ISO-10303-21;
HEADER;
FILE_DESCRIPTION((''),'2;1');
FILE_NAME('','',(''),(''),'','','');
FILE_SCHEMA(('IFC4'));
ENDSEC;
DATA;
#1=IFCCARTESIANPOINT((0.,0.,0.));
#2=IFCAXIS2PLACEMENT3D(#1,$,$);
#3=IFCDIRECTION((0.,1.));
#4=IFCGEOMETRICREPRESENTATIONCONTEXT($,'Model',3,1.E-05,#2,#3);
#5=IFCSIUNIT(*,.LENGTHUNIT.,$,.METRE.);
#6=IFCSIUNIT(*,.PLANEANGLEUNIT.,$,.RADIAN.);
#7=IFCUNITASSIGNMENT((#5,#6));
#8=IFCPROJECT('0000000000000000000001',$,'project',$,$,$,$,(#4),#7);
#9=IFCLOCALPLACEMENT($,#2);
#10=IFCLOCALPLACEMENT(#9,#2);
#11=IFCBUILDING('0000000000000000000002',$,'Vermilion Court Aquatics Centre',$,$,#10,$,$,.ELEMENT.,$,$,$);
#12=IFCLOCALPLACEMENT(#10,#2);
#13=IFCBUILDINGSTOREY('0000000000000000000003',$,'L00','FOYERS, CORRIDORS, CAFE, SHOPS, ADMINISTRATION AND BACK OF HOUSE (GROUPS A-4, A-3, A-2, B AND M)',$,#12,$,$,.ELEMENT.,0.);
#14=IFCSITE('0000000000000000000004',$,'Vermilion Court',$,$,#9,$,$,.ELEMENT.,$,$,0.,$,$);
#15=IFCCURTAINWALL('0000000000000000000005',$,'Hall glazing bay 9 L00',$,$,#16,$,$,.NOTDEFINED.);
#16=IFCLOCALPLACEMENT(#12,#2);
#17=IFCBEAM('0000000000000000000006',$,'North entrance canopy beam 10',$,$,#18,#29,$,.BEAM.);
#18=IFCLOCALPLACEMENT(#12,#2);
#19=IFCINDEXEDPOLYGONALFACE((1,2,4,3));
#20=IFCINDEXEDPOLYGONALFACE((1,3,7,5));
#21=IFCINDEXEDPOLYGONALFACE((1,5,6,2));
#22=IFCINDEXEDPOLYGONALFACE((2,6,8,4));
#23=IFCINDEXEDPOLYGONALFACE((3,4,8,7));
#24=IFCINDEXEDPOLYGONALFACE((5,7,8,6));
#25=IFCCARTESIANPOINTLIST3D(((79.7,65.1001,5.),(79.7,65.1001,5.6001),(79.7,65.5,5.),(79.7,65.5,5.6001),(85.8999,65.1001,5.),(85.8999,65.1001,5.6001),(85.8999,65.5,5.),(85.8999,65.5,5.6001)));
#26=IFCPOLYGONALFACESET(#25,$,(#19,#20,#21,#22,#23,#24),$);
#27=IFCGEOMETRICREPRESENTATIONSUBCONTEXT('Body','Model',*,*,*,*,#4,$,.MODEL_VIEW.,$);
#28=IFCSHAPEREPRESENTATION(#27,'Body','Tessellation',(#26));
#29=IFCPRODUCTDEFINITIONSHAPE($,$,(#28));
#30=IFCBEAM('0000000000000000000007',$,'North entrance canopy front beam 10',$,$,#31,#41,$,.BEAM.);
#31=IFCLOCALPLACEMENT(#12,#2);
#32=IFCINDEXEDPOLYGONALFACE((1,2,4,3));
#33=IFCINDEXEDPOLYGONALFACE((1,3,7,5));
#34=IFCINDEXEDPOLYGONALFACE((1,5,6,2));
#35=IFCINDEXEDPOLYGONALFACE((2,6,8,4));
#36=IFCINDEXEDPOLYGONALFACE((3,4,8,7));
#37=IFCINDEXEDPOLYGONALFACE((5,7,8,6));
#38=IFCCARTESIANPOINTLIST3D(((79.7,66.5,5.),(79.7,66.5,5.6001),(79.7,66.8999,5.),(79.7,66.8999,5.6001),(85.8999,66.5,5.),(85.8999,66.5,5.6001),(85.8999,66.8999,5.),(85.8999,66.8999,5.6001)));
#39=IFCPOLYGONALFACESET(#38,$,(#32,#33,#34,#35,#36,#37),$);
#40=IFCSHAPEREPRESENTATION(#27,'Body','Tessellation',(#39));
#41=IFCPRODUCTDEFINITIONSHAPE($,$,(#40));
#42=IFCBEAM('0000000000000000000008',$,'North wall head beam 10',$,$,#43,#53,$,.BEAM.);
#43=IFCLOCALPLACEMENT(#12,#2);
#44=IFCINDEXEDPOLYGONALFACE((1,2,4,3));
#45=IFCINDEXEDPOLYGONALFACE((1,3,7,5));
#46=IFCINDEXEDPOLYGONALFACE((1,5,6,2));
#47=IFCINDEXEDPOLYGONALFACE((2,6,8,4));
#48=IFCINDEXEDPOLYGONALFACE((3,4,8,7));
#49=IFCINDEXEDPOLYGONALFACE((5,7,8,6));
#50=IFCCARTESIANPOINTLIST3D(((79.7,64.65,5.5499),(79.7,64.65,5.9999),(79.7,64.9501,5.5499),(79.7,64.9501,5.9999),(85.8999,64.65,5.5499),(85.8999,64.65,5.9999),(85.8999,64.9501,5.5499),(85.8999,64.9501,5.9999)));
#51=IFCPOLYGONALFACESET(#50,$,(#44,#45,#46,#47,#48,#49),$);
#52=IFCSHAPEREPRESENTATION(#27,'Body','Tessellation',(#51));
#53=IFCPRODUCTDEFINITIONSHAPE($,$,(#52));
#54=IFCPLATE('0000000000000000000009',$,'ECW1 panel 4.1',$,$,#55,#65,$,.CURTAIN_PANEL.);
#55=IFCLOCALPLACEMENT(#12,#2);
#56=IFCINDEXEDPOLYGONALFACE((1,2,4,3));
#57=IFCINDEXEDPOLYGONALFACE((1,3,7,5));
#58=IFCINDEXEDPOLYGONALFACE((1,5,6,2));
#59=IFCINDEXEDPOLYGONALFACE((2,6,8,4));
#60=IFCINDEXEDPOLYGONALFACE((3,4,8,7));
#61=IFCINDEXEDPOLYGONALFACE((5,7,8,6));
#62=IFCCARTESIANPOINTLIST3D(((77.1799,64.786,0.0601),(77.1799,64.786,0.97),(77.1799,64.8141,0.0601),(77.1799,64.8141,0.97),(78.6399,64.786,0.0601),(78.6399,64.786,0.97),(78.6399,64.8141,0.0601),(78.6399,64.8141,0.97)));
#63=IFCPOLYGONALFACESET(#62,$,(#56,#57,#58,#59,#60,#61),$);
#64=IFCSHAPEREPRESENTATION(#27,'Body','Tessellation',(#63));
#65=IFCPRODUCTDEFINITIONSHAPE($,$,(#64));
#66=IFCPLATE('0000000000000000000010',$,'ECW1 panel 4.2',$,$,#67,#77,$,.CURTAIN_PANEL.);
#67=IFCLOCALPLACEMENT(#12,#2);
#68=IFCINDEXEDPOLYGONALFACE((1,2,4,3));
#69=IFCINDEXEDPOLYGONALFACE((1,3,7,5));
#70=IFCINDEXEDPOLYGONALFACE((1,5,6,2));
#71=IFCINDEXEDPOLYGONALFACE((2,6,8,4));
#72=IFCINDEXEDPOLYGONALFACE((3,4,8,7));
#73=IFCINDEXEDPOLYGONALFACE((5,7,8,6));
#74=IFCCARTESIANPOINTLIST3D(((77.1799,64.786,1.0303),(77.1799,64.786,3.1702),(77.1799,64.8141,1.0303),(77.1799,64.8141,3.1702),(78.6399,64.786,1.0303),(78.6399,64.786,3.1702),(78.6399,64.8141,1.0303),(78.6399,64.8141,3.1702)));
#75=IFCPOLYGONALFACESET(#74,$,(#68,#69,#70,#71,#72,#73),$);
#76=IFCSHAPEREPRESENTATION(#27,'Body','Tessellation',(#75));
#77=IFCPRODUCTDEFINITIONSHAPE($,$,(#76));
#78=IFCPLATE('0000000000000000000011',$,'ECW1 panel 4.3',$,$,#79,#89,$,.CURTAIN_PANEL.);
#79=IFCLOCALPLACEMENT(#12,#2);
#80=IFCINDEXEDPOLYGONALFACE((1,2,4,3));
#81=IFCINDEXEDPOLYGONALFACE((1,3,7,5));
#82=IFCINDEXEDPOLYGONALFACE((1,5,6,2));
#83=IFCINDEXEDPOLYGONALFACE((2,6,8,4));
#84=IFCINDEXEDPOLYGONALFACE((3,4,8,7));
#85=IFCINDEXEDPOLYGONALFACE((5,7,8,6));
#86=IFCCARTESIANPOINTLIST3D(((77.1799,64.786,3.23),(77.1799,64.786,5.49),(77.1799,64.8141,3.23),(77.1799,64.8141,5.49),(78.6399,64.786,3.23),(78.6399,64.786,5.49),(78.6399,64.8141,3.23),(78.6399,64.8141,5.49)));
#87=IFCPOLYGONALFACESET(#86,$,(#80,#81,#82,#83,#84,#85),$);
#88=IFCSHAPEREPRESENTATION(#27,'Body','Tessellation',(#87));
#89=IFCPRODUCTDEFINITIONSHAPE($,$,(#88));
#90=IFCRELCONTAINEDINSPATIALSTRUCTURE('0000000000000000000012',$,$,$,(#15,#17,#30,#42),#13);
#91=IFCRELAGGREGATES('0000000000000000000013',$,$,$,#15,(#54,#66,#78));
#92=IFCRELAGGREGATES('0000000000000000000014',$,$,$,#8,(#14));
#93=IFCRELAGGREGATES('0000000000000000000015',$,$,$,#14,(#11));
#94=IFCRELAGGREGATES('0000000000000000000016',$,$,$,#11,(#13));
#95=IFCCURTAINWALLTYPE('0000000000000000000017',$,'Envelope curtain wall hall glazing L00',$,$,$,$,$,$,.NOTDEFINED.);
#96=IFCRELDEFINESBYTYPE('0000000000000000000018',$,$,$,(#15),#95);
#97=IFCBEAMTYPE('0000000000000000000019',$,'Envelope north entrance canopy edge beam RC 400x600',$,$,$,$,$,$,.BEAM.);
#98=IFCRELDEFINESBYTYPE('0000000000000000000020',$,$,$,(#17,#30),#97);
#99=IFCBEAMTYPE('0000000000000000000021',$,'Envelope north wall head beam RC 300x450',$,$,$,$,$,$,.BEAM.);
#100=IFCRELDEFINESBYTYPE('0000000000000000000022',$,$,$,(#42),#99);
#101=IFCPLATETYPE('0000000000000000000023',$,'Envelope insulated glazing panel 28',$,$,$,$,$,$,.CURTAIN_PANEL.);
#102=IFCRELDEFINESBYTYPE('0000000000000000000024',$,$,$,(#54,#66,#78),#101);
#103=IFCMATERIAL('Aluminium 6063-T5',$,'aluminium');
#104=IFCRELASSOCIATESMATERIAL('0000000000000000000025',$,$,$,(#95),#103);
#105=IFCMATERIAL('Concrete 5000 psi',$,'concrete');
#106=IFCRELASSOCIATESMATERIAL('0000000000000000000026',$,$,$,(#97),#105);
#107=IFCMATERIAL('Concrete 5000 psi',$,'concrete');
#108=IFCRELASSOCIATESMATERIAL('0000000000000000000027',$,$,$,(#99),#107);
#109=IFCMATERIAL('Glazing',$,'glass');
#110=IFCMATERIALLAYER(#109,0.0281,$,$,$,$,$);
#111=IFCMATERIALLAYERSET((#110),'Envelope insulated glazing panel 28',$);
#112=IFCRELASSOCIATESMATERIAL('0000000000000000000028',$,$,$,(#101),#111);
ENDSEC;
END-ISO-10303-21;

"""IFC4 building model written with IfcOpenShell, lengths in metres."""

from ifc_helpers import new_model, si_unit, direction, frame, origin, origin_2d, place, context, subcontext, project, spatial, rectangle, extrude, material, layer, layer_set, material_profile, profile_set, type_object, element, aggregate, save


model = new_model("IFC4")

# Units and contexts
model_context = context("Model", 3, precision=1e-05, world=origin(), true_north=direction((0.0, 1.0)))
body_context = subcontext(model_context, "Body", "Model", "MODEL_VIEW")
ifc_project = project(units=[si_unit("LENGTHUNIT", "METRE"), si_unit("PLANEANGLEUNIT", "RADIAN")], contexts=[model_context])

# Site, building, storey
site_placement = place(None, origin())
site = spatial("IfcSite", under=ifc_project, at=site_placement, Name="Vermilion Court", CompositionType="ELEMENT", RefElevation=0.0)
building_placement = place(site_placement, origin())
building = spatial("IfcBuilding", under=site, at=building_placement, Name="Vermilion Court Aquatics Centre", CompositionType="ELEMENT")
storey_placement = place(building_placement, origin())
storey = spatial("IfcBuildingStorey", under=building, at=storey_placement, Name="L00", Description="FOYERS, CORRIDORS, CAFE, SHOPS, ADMINISTRATION AND BACK OF HOUSE (GROUPS A-4, A-3, A-2, B AND M)", CompositionType="ELEMENT", Elevation=0.0)

# Curtain wall
ifc_material_1 = material(Name="Aluminium 6063-T5", Category="aluminium")
curtain_wall_type = type_object("IfcCurtainWallType", Name="Envelope curtain wall hall glazing L00", PredefinedType="NOTDEFINED", material=ifc_material_1)
curtain_wall_1_placement = place(storey_placement, origin())
curtain_wall_1 = element("IfcCurtainWall", 1, at=curtain_wall_1_placement, inside=storey, type_object=curtain_wall_type, Name="Hall glazing bay 9 L00", PredefinedType="NOTDEFINED")

# Beams
ifc_material_2 = material(Name="Concrete 5000 psi", Category="concrete")
ifc_material_profile_1 = material_profile(ifc_material_2, rectangle(XDim=0.3999, YDim=0.6001, at=origin_2d()), Name="RC 400x600")
ifc_profile_set_1 = profile_set([ifc_material_profile_1], Name="Concrete 5000 psi")
beam_type_1 = type_object("IfcBeamType", Name="Envelope north entrance canopy edge beam RC 400x600", PredefinedType="BEAM", material=ifc_profile_set_1)
for number, where, z_axis, x_axis, name in (
    (2, (79.7, 65.3, 5.3), (1.0, 0.0, 0.0), (0.0, 1.0, 0.0), "North entrance canopy beam 10"),
    (3, (79.7, 66.7, 5.3), (1.0, 0.0, 0.0), (0.0, 1.0, 0.0), "North entrance canopy front beam 10"),
):
    element("IfcBeam", number, at=place(storey_placement, frame(where, z_axis=z_axis, x_axis=x_axis)), inside=storey, type_object=beam_type_1, Name=name, PredefinedType="BEAM", context=body_context, shape_type="SweptSolid", body=[
        extrude(rectangle(XDim=0.3999, YDim=0.6001, at=origin_2d()), origin(), (0.0, 0.0, 1.0), 6.2),
    ])
ifc_material_3 = material(Name="Concrete 5000 psi", Category="concrete")
ifc_material_profile_2 = material_profile(ifc_material_3, rectangle(XDim=0.3, YDim=0.45, at=origin_2d()), Name="RC 300x450")
ifc_profile_set_2 = profile_set([ifc_material_profile_2], Name="Concrete 5000 psi")
beam_type_2 = type_object("IfcBeamType", Name="Envelope north wall head beam RC 300x450", PredefinedType="BEAM", material=ifc_profile_set_2)
beam_1_placement = place(storey_placement, frame((79.7, 64.8, 5.7749), z_axis=(1.0, 0.0, 0.0), x_axis=(0.0, 1.0, 0.0)))
element("IfcBeam", 4, at=beam_1_placement, inside=storey, type_object=beam_type_2, Name="North wall head beam 10", PredefinedType="BEAM", context=body_context, shape_type="SweptSolid", body=[
    extrude(rectangle(XDim=0.3, YDim=0.45, at=origin_2d()), origin(), (0.0, 0.0, 1.0), 6.2),
])

# Plates
ifc_material_4 = material(Name="Glazing", Category="glass")
ifc_layer = layer(ifc_material_4, 0.0281)
ifc_layer_set = layer_set([ifc_layer], Name="Envelope insulated glazing panel 28")
plate_type = type_object("IfcPlateType", Name="Envelope insulated glazing panel 28", PredefinedType="CURTAIN_PANEL", material=ifc_layer_set)
plate_1_placement = place(storey_placement, frame((77.9099, 64.8, 0.0601), z_axis=(0.0, 0.0, 1.0), x_axis=(1.0, 0.0, 0.0)))
plate_1 = element("IfcPlate", 5, at=plate_1_placement, type_object=plate_type, Name="ECW1 panel 4.1", PredefinedType="CURTAIN_PANEL", context=body_context, shape_type="SweptSolid", body=[
    extrude(rectangle(XDim=1.46, YDim=0.0281, at=origin_2d()), origin(), (0.0, 0.0, 1.0), 0.9099),
])
plate_2_placement = place(storey_placement, frame((77.9099, 64.8, 1.0303), z_axis=(0.0, 0.0, 1.0), x_axis=(1.0, 0.0, 0.0)))
plate_2 = element("IfcPlate", 6, at=plate_2_placement, type_object=plate_type, Name="ECW1 panel 4.2", PredefinedType="CURTAIN_PANEL", context=body_context, shape_type="SweptSolid", body=[
    extrude(rectangle(XDim=1.46, YDim=0.0281, at=origin_2d()), origin(), (0.0, 0.0, 1.0), 2.1399),
])
plate_3_placement = place(storey_placement, frame((77.9099, 64.8, 3.23), z_axis=(0.0, 0.0, 1.0), x_axis=(1.0, 0.0, 0.0)))
plate_3 = element("IfcPlate", 7, at=plate_3_placement, type_object=plate_type, Name="ECW1 panel 4.3", PredefinedType="CURTAIN_PANEL", context=body_context, shape_type="SweptSolid", body=[
    extrude(rectangle(XDim=1.46, YDim=0.0281, at=origin_2d()), origin(), (0.0, 0.0, 1.0), 2.26),
])
aggregate(curtain_wall_1, [plate_1, plate_2, plate_3])

save(model, "model.ifc")
